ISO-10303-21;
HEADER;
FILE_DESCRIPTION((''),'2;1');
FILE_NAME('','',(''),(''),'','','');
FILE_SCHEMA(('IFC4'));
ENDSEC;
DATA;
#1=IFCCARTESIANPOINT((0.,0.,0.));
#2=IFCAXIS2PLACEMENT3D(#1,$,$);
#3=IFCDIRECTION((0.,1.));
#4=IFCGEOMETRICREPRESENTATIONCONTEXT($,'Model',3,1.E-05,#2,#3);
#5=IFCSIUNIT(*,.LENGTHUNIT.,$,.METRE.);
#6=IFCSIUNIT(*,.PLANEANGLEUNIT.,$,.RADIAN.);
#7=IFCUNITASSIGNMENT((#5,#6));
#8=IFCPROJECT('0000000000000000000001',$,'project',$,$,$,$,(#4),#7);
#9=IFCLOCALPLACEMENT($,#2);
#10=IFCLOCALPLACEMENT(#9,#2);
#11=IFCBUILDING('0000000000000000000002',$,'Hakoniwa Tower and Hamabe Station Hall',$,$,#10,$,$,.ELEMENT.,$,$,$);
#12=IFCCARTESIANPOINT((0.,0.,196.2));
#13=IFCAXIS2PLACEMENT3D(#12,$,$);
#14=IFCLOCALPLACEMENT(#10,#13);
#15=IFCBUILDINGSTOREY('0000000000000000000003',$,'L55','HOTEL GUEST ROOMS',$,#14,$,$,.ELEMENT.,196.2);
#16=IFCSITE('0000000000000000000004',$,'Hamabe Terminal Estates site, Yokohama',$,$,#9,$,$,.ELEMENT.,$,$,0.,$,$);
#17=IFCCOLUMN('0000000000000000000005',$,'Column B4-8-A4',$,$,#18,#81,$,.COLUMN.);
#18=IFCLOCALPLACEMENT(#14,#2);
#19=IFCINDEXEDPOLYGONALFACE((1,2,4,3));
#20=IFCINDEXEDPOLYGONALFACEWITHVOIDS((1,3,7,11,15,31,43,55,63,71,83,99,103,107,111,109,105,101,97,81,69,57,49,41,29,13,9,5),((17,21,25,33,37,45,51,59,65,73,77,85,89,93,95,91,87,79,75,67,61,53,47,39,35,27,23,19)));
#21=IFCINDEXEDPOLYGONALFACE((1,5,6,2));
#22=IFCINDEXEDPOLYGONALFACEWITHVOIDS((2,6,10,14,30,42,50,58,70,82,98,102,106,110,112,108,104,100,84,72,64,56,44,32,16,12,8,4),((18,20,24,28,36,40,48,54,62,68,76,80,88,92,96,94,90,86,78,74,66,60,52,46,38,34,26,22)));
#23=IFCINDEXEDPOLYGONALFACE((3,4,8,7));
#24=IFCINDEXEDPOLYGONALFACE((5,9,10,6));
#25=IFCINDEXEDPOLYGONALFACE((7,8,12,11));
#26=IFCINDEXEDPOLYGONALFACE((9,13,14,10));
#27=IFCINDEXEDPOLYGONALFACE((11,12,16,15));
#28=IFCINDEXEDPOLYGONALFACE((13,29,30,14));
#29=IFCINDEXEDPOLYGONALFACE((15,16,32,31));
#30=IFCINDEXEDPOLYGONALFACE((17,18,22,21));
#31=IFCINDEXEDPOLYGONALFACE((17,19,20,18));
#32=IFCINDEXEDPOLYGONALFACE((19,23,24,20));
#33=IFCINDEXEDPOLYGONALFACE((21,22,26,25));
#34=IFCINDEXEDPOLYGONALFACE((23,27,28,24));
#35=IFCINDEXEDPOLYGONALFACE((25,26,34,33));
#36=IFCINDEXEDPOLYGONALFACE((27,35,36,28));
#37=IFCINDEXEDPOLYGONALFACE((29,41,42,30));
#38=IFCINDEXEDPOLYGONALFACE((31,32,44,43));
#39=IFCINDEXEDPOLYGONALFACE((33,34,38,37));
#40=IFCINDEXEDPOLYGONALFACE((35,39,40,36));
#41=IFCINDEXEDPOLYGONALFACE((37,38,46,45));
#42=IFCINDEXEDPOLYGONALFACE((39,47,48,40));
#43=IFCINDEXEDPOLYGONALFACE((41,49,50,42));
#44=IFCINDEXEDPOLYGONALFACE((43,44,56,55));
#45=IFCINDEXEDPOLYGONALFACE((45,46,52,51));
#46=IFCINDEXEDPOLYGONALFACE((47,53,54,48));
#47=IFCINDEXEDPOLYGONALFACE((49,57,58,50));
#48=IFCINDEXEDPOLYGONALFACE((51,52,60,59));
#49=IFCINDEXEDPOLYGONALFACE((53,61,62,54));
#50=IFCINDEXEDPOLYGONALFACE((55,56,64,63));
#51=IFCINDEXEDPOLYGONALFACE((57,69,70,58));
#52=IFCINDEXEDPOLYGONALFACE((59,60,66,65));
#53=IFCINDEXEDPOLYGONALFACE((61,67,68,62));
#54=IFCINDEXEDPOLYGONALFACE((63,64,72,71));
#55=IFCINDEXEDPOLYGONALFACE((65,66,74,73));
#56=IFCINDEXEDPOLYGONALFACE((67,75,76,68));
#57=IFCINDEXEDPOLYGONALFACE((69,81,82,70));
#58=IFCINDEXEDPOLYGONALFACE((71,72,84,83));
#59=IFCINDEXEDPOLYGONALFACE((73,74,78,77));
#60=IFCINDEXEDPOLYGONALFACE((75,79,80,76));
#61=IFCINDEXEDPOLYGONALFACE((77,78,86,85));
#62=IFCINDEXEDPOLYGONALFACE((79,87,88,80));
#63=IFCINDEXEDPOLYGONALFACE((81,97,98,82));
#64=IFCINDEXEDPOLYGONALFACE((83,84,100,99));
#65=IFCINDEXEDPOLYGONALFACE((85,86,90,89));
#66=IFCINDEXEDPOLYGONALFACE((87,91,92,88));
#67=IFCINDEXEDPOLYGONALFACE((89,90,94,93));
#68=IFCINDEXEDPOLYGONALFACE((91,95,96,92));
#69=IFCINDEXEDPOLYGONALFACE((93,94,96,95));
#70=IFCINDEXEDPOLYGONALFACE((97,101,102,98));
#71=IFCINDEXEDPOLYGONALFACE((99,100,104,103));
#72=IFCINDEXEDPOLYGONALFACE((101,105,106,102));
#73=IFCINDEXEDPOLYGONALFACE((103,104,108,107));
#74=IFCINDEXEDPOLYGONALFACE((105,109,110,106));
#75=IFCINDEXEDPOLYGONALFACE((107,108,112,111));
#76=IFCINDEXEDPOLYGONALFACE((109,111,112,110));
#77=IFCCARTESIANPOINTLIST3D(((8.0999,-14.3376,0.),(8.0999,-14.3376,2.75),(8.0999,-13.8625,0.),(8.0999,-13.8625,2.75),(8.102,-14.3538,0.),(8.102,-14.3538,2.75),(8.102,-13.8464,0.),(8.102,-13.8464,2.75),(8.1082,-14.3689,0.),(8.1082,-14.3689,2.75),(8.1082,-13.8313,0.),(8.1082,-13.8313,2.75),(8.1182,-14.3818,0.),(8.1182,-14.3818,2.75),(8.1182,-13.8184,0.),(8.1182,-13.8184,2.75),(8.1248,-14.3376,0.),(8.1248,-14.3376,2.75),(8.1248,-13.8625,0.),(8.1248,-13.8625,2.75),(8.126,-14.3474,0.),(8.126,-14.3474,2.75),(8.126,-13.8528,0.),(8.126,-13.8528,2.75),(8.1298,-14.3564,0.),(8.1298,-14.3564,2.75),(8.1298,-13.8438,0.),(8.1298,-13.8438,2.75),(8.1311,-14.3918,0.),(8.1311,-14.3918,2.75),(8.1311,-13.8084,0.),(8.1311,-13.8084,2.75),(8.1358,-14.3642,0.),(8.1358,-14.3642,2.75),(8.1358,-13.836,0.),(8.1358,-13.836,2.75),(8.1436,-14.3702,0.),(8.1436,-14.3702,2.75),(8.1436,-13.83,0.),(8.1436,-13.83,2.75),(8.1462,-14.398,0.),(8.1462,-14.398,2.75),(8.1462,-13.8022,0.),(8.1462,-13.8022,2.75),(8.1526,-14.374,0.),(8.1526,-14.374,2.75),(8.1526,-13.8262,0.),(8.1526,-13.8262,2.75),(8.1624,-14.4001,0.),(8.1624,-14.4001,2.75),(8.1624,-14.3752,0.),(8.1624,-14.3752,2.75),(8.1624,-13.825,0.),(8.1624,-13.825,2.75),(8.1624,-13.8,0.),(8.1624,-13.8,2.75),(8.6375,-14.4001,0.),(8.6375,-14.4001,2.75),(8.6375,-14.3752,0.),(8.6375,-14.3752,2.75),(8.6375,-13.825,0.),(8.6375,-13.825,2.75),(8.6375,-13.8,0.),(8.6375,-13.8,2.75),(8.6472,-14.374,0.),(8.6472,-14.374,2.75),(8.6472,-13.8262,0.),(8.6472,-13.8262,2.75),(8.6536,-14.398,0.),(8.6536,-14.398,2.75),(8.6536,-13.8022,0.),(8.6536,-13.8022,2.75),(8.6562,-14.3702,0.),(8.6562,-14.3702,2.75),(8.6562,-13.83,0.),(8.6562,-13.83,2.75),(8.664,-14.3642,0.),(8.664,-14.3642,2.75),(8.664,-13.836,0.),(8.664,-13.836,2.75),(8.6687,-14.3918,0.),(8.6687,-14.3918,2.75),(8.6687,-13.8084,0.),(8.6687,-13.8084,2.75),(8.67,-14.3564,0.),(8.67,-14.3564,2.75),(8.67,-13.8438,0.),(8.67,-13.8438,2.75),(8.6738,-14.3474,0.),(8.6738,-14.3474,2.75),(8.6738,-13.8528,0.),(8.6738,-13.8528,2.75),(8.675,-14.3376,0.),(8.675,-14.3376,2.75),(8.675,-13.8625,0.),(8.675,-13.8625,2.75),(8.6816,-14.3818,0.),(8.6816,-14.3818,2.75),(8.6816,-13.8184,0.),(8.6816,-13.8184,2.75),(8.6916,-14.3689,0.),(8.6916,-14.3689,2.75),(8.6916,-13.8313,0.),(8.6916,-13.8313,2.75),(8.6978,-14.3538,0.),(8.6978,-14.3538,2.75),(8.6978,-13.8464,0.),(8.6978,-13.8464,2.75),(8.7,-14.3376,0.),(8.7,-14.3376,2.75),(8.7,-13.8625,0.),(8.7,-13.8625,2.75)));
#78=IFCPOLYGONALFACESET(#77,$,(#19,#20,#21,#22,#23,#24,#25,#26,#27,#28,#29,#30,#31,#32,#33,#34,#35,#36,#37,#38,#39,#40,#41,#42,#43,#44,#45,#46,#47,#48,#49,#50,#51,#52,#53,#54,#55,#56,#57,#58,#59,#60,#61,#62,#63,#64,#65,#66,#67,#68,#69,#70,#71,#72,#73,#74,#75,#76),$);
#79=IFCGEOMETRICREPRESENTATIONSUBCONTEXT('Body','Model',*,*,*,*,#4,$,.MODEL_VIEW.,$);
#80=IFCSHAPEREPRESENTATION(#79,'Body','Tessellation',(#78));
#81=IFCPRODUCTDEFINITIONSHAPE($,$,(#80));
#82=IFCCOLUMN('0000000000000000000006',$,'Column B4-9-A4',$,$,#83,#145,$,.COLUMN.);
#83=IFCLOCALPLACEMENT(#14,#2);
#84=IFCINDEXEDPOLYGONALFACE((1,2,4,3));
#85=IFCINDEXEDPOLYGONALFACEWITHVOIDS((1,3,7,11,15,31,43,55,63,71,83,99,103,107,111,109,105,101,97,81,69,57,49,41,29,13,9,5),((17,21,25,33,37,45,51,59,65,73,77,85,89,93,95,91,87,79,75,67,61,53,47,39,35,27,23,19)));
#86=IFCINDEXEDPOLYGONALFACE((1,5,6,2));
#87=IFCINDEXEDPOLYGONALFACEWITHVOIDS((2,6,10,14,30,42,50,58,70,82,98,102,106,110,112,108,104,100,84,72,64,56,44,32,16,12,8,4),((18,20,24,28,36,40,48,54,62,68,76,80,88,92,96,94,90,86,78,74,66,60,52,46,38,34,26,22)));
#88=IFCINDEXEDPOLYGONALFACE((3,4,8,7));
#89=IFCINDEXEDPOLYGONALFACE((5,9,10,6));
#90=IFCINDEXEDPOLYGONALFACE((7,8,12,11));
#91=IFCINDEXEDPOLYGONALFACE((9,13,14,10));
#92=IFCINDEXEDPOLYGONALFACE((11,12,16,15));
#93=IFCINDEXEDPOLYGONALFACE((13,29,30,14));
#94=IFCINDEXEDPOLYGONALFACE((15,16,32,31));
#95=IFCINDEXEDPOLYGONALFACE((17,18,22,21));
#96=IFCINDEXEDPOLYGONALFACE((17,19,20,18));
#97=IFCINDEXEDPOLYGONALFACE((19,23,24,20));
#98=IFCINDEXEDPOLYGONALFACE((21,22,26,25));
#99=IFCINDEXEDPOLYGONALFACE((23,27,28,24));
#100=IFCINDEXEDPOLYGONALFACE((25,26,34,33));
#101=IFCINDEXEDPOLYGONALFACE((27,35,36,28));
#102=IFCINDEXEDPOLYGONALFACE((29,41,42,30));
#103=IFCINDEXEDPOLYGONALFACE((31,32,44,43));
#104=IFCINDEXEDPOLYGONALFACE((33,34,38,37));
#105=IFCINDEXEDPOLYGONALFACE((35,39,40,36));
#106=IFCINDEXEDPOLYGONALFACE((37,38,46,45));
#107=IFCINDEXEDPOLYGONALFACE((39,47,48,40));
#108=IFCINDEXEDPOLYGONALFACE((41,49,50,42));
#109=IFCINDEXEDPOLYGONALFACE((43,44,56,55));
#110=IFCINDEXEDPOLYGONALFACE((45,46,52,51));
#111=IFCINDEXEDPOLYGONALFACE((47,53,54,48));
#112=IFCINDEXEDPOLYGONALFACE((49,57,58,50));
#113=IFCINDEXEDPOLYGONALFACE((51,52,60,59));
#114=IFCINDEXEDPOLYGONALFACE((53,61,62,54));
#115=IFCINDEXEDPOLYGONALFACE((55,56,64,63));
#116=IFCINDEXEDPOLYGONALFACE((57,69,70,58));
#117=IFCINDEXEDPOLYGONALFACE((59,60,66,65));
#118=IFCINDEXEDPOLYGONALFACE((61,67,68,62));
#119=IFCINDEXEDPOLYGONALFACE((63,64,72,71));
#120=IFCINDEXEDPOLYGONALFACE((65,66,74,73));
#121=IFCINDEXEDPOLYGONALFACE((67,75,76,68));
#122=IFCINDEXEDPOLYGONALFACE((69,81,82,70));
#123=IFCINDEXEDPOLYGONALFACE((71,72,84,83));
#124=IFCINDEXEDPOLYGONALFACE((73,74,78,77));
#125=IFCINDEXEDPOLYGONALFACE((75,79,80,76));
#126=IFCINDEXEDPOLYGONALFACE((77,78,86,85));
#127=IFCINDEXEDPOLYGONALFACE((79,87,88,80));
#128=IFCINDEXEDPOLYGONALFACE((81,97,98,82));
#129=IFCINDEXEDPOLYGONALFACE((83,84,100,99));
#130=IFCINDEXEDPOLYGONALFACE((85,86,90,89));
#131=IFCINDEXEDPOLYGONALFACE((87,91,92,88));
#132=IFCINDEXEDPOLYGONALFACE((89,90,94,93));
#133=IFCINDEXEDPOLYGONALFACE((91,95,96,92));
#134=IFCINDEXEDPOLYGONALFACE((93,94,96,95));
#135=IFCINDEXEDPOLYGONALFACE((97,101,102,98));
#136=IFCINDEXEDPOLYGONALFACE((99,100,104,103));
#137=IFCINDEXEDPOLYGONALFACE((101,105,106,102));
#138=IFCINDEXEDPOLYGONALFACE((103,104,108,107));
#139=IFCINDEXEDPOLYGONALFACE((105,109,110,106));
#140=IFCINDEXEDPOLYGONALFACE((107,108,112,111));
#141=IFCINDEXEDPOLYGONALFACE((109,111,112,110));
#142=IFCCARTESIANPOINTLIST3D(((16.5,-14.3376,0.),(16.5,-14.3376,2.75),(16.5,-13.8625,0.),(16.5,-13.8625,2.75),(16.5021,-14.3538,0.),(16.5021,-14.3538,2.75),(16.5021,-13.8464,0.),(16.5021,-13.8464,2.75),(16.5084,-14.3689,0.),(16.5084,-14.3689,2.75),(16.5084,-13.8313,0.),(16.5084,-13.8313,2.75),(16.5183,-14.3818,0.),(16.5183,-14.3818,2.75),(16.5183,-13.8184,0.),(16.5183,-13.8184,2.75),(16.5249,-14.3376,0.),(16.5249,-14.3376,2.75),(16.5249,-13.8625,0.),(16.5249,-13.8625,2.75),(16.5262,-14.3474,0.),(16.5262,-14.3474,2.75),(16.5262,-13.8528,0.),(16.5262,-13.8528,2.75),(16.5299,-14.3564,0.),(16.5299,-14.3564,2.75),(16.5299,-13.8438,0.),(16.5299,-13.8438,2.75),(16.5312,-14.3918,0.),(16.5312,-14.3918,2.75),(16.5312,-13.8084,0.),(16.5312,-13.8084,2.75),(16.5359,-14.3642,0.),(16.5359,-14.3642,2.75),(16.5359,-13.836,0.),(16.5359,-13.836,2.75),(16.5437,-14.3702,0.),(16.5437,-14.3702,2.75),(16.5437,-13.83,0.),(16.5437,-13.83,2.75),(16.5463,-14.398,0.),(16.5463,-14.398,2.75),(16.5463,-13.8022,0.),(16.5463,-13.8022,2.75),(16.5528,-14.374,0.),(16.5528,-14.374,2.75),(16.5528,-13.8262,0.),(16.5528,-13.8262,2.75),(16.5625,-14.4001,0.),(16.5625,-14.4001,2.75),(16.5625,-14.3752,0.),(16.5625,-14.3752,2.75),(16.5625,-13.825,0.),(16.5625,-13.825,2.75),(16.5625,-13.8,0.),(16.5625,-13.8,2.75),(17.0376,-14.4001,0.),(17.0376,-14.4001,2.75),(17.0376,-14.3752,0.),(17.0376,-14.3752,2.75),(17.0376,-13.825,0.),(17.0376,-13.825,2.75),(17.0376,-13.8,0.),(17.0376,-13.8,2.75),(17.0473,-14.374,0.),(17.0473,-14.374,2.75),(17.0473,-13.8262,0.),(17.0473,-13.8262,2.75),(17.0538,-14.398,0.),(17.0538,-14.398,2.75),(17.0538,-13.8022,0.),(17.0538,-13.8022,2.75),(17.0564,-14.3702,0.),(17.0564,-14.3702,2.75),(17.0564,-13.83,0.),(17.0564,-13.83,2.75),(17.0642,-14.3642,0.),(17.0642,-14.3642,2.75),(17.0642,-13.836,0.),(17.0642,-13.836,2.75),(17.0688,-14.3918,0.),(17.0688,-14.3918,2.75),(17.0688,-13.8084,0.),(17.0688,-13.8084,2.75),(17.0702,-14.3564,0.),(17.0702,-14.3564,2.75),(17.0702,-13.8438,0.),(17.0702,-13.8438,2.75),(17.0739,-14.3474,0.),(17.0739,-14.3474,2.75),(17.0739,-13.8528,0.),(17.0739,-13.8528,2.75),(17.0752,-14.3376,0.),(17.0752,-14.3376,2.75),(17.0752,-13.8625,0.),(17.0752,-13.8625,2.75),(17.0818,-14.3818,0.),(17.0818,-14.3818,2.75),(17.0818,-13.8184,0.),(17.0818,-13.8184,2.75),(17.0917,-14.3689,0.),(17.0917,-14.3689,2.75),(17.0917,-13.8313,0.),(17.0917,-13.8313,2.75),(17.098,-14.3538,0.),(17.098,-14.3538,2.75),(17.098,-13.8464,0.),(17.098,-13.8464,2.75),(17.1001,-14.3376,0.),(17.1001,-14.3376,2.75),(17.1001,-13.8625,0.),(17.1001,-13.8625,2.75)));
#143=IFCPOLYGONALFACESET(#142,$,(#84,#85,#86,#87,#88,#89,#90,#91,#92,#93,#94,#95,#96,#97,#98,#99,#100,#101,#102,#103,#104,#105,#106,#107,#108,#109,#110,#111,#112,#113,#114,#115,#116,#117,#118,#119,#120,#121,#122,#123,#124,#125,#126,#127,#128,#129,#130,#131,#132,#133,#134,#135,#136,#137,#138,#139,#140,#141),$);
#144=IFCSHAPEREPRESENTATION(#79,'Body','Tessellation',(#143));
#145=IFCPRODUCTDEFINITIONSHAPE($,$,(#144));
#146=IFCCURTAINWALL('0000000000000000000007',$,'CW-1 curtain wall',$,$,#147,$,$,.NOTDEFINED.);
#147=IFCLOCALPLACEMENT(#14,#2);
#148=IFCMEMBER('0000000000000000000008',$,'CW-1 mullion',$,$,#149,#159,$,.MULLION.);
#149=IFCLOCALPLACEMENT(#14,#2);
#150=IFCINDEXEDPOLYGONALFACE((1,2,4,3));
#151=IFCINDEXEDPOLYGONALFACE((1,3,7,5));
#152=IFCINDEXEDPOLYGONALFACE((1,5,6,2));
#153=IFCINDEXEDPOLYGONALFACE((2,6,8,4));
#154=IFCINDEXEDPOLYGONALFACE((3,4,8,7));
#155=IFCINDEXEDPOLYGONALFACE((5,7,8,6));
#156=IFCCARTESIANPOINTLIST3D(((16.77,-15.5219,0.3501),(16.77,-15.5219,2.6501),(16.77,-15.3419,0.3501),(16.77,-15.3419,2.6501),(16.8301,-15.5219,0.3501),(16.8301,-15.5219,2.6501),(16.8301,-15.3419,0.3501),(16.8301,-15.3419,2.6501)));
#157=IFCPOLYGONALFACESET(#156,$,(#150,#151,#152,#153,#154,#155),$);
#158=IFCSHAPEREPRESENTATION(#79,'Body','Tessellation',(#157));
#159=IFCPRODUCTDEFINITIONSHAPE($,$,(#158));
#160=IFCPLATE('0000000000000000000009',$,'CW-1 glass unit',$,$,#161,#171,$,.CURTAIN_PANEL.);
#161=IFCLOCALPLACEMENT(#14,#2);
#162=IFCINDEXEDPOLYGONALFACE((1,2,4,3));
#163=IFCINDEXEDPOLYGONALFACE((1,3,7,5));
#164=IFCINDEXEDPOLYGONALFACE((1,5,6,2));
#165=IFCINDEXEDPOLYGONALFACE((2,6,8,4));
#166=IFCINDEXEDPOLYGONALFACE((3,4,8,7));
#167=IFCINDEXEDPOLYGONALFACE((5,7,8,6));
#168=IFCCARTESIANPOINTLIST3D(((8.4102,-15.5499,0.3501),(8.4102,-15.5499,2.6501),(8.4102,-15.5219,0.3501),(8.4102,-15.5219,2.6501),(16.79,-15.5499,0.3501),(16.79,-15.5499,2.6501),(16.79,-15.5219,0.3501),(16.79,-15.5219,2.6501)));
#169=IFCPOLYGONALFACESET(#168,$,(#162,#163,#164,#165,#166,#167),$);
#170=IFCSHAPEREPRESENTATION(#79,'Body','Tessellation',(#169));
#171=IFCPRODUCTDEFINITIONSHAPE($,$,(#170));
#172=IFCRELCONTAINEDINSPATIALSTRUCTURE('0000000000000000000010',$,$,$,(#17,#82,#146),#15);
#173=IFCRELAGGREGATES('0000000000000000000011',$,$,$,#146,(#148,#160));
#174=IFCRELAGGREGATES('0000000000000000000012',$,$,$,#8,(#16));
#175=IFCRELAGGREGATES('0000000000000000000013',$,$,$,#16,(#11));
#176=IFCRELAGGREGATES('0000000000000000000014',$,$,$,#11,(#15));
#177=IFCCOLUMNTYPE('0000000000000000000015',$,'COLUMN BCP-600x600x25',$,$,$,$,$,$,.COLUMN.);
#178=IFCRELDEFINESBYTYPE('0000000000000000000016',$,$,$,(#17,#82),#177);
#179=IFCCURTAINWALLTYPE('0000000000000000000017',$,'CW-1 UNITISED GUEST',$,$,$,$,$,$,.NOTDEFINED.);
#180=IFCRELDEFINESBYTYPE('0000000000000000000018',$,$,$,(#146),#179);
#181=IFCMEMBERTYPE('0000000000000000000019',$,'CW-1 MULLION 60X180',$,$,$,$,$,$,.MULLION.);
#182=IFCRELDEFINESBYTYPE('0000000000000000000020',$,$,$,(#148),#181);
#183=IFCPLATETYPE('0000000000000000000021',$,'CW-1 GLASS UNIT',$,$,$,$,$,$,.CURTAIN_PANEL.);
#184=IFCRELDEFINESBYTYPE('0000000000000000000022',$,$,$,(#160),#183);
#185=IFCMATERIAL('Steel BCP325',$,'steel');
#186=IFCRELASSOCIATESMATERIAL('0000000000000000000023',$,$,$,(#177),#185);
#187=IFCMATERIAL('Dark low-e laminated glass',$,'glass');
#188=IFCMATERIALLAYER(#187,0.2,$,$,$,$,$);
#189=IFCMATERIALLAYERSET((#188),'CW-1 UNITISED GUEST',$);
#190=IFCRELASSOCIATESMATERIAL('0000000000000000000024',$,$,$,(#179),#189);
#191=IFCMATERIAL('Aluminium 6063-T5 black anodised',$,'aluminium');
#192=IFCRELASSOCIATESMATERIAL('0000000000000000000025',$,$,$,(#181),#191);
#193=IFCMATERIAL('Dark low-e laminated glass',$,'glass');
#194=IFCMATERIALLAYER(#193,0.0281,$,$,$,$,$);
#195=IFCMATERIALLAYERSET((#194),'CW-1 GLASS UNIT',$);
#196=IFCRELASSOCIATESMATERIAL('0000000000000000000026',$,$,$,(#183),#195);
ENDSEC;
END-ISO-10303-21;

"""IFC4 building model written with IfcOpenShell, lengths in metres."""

from ifc_helpers import new_model, si_unit, direction, frame, origin, origin_2d, place, context, subcontext, project, spatial, rectangle, hollow_rectangle, extrude, material, layer, layer_set, material_profile, profile_set, type_object, element, aggregate, save


model = new_model("IFC4")

# Units and contexts
model_context = context("Model", 3, precision=1e-05, world=origin(), true_north=direction((0.0, 1.0)))
body_context = subcontext(model_context, "Body", "Model", "MODEL_VIEW")
ifc_project = project(units=[si_unit("LENGTHUNIT", "METRE"), si_unit("PLANEANGLEUNIT", "RADIAN")], contexts=[model_context])

# Site, building, storey
site_placement = place(None, origin())
site = spatial("IfcSite", under=ifc_project, at=site_placement, Name="Hamabe Terminal Estates site, Yokohama", CompositionType="ELEMENT", RefElevation=0.0)
building_placement = place(site_placement, origin())
building = spatial("IfcBuilding", under=site, at=building_placement, Name="Hakoniwa Tower and Hamabe Station Hall", CompositionType="ELEMENT")
storey_placement = place(building_placement, frame((0.0, 0.0, 196.2)))
storey = spatial("IfcBuildingStorey", under=building, at=storey_placement, Name="L55", Description="HOTEL GUEST ROOMS", CompositionType="ELEMENT", Elevation=196.2)

# Columns
ifc_material_1 = material(Name="Steel BCP325", Category="steel")
ifc_material_profile_1 = material_profile(ifc_material_1, hollow_rectangle(XDim=0.6001, YDim=0.6001, WallThickness=0.0249, InnerFilletRadius=0.0376, OuterFilletRadius=0.0625, at=origin_2d()), Name="BCP-600x600x25")
ifc_profile_set_1 = profile_set([ifc_material_profile_1], Name="Steel BCP325")
column_type = type_object("IfcColumnType", Name="COLUMN BCP-600x600x25", PredefinedType="COLUMN", material=ifc_profile_set_1)
for number, where, z_axis, x_axis, name in (
    (1, (8.3999, -14.1001, 0.0), (0.0, 0.0, 1.0), (1.0, 0.0, 0.0), "Column B4-8-A4"),
    (2, (16.8, -14.1001, 0.0), (0.0, 0.0, 1.0), (1.0, 0.0, 0.0), "Column B4-9-A4"),
):
    element("IfcColumn", number, at=place(storey_placement, frame(where, z_axis=z_axis, x_axis=x_axis)), inside=storey, type_object=column_type, Name=name, PredefinedType="COLUMN", context=body_context, shape_type="SweptSolid", body=[
        extrude(hollow_rectangle(XDim=0.6001, YDim=0.6001, WallThickness=0.0249, InnerFilletRadius=0.0376, OuterFilletRadius=0.0625, at=origin_2d()), origin(), (0.0, 0.0, 1.0), 2.75),
    ])

# Curtain wall, member, plate
ifc_material_2 = material(Name="Dark low-e laminated glass", Category="glass")
ifc_layer_1 = layer(ifc_material_2, 0.2)
ifc_layer_set_1 = layer_set([ifc_layer_1], Name="CW-1 UNITISED GUEST")
curtain_wall_type = type_object("IfcCurtainWallType", Name="CW-1 UNITISED GUEST", PredefinedType="NOTDEFINED", material=ifc_layer_set_1)
curtain_wall_placement = place(storey_placement, origin())
curtain_wall = element("IfcCurtainWall", 3, at=curtain_wall_placement, inside=storey, type_object=curtain_wall_type, Name="CW-1 curtain wall", PredefinedType="NOTDEFINED")
ifc_material_3 = material(Name="Aluminium 6063-T5 black anodised", Category="aluminium")
ifc_material_profile_2 = material_profile(ifc_material_3, rectangle(XDim=0.0601, YDim=0.1799, at=origin_2d()), Name="CW-1 MULLION 60X180")
ifc_profile_set_2 = profile_set([ifc_material_profile_2], Name="Aluminium 6063-T5 black anodised")
member_type = type_object("IfcMemberType", Name="CW-1 MULLION 60X180", PredefinedType="MULLION", material=ifc_profile_set_2)
member_placement = place(storey_placement, frame((16.8, -15.4319, 0.3501), z_axis=(0.0, 0.0, 1.0), x_axis=(1.0, 0.0, 0.0)))
member = element("IfcMember", 4, at=member_placement, type_object=member_type, Name="CW-1 mullion", PredefinedType="MULLION", context=body_context, shape_type="SweptSolid", body=[
    extrude(rectangle(XDim=0.0601, YDim=0.1799, at=origin_2d()), origin(), (0.0, 0.0, 1.0), 2.3),
])
ifc_material_4 = material(Name="Dark low-e laminated glass", Category="glass")
ifc_layer_2 = layer(ifc_material_4, 0.0281)
ifc_layer_set_2 = layer_set([ifc_layer_2], Name="CW-1 GLASS UNIT")
plate_type = type_object("IfcPlateType", Name="CW-1 GLASS UNIT", PredefinedType="CURTAIN_PANEL", material=ifc_layer_set_2)
plate_placement = place(storey_placement, frame((12.6001, -15.5359, 0.3501), z_axis=(0.0, 0.0, 1.0), x_axis=(1.0, 0.0, 0.0)))
plate = element("IfcPlate", 5, at=plate_placement, type_object=plate_type, Name="CW-1 glass unit", PredefinedType="CURTAIN_PANEL", context=body_context, shape_type="SweptSolid", body=[
    extrude(rectangle(XDim=8.3799, YDim=0.0281, at=origin_2d()), origin(), (0.0, 0.0, 1.0), 2.3),
])
aggregate(curtain_wall, [member, plate])

save(model, "model.ifc")
